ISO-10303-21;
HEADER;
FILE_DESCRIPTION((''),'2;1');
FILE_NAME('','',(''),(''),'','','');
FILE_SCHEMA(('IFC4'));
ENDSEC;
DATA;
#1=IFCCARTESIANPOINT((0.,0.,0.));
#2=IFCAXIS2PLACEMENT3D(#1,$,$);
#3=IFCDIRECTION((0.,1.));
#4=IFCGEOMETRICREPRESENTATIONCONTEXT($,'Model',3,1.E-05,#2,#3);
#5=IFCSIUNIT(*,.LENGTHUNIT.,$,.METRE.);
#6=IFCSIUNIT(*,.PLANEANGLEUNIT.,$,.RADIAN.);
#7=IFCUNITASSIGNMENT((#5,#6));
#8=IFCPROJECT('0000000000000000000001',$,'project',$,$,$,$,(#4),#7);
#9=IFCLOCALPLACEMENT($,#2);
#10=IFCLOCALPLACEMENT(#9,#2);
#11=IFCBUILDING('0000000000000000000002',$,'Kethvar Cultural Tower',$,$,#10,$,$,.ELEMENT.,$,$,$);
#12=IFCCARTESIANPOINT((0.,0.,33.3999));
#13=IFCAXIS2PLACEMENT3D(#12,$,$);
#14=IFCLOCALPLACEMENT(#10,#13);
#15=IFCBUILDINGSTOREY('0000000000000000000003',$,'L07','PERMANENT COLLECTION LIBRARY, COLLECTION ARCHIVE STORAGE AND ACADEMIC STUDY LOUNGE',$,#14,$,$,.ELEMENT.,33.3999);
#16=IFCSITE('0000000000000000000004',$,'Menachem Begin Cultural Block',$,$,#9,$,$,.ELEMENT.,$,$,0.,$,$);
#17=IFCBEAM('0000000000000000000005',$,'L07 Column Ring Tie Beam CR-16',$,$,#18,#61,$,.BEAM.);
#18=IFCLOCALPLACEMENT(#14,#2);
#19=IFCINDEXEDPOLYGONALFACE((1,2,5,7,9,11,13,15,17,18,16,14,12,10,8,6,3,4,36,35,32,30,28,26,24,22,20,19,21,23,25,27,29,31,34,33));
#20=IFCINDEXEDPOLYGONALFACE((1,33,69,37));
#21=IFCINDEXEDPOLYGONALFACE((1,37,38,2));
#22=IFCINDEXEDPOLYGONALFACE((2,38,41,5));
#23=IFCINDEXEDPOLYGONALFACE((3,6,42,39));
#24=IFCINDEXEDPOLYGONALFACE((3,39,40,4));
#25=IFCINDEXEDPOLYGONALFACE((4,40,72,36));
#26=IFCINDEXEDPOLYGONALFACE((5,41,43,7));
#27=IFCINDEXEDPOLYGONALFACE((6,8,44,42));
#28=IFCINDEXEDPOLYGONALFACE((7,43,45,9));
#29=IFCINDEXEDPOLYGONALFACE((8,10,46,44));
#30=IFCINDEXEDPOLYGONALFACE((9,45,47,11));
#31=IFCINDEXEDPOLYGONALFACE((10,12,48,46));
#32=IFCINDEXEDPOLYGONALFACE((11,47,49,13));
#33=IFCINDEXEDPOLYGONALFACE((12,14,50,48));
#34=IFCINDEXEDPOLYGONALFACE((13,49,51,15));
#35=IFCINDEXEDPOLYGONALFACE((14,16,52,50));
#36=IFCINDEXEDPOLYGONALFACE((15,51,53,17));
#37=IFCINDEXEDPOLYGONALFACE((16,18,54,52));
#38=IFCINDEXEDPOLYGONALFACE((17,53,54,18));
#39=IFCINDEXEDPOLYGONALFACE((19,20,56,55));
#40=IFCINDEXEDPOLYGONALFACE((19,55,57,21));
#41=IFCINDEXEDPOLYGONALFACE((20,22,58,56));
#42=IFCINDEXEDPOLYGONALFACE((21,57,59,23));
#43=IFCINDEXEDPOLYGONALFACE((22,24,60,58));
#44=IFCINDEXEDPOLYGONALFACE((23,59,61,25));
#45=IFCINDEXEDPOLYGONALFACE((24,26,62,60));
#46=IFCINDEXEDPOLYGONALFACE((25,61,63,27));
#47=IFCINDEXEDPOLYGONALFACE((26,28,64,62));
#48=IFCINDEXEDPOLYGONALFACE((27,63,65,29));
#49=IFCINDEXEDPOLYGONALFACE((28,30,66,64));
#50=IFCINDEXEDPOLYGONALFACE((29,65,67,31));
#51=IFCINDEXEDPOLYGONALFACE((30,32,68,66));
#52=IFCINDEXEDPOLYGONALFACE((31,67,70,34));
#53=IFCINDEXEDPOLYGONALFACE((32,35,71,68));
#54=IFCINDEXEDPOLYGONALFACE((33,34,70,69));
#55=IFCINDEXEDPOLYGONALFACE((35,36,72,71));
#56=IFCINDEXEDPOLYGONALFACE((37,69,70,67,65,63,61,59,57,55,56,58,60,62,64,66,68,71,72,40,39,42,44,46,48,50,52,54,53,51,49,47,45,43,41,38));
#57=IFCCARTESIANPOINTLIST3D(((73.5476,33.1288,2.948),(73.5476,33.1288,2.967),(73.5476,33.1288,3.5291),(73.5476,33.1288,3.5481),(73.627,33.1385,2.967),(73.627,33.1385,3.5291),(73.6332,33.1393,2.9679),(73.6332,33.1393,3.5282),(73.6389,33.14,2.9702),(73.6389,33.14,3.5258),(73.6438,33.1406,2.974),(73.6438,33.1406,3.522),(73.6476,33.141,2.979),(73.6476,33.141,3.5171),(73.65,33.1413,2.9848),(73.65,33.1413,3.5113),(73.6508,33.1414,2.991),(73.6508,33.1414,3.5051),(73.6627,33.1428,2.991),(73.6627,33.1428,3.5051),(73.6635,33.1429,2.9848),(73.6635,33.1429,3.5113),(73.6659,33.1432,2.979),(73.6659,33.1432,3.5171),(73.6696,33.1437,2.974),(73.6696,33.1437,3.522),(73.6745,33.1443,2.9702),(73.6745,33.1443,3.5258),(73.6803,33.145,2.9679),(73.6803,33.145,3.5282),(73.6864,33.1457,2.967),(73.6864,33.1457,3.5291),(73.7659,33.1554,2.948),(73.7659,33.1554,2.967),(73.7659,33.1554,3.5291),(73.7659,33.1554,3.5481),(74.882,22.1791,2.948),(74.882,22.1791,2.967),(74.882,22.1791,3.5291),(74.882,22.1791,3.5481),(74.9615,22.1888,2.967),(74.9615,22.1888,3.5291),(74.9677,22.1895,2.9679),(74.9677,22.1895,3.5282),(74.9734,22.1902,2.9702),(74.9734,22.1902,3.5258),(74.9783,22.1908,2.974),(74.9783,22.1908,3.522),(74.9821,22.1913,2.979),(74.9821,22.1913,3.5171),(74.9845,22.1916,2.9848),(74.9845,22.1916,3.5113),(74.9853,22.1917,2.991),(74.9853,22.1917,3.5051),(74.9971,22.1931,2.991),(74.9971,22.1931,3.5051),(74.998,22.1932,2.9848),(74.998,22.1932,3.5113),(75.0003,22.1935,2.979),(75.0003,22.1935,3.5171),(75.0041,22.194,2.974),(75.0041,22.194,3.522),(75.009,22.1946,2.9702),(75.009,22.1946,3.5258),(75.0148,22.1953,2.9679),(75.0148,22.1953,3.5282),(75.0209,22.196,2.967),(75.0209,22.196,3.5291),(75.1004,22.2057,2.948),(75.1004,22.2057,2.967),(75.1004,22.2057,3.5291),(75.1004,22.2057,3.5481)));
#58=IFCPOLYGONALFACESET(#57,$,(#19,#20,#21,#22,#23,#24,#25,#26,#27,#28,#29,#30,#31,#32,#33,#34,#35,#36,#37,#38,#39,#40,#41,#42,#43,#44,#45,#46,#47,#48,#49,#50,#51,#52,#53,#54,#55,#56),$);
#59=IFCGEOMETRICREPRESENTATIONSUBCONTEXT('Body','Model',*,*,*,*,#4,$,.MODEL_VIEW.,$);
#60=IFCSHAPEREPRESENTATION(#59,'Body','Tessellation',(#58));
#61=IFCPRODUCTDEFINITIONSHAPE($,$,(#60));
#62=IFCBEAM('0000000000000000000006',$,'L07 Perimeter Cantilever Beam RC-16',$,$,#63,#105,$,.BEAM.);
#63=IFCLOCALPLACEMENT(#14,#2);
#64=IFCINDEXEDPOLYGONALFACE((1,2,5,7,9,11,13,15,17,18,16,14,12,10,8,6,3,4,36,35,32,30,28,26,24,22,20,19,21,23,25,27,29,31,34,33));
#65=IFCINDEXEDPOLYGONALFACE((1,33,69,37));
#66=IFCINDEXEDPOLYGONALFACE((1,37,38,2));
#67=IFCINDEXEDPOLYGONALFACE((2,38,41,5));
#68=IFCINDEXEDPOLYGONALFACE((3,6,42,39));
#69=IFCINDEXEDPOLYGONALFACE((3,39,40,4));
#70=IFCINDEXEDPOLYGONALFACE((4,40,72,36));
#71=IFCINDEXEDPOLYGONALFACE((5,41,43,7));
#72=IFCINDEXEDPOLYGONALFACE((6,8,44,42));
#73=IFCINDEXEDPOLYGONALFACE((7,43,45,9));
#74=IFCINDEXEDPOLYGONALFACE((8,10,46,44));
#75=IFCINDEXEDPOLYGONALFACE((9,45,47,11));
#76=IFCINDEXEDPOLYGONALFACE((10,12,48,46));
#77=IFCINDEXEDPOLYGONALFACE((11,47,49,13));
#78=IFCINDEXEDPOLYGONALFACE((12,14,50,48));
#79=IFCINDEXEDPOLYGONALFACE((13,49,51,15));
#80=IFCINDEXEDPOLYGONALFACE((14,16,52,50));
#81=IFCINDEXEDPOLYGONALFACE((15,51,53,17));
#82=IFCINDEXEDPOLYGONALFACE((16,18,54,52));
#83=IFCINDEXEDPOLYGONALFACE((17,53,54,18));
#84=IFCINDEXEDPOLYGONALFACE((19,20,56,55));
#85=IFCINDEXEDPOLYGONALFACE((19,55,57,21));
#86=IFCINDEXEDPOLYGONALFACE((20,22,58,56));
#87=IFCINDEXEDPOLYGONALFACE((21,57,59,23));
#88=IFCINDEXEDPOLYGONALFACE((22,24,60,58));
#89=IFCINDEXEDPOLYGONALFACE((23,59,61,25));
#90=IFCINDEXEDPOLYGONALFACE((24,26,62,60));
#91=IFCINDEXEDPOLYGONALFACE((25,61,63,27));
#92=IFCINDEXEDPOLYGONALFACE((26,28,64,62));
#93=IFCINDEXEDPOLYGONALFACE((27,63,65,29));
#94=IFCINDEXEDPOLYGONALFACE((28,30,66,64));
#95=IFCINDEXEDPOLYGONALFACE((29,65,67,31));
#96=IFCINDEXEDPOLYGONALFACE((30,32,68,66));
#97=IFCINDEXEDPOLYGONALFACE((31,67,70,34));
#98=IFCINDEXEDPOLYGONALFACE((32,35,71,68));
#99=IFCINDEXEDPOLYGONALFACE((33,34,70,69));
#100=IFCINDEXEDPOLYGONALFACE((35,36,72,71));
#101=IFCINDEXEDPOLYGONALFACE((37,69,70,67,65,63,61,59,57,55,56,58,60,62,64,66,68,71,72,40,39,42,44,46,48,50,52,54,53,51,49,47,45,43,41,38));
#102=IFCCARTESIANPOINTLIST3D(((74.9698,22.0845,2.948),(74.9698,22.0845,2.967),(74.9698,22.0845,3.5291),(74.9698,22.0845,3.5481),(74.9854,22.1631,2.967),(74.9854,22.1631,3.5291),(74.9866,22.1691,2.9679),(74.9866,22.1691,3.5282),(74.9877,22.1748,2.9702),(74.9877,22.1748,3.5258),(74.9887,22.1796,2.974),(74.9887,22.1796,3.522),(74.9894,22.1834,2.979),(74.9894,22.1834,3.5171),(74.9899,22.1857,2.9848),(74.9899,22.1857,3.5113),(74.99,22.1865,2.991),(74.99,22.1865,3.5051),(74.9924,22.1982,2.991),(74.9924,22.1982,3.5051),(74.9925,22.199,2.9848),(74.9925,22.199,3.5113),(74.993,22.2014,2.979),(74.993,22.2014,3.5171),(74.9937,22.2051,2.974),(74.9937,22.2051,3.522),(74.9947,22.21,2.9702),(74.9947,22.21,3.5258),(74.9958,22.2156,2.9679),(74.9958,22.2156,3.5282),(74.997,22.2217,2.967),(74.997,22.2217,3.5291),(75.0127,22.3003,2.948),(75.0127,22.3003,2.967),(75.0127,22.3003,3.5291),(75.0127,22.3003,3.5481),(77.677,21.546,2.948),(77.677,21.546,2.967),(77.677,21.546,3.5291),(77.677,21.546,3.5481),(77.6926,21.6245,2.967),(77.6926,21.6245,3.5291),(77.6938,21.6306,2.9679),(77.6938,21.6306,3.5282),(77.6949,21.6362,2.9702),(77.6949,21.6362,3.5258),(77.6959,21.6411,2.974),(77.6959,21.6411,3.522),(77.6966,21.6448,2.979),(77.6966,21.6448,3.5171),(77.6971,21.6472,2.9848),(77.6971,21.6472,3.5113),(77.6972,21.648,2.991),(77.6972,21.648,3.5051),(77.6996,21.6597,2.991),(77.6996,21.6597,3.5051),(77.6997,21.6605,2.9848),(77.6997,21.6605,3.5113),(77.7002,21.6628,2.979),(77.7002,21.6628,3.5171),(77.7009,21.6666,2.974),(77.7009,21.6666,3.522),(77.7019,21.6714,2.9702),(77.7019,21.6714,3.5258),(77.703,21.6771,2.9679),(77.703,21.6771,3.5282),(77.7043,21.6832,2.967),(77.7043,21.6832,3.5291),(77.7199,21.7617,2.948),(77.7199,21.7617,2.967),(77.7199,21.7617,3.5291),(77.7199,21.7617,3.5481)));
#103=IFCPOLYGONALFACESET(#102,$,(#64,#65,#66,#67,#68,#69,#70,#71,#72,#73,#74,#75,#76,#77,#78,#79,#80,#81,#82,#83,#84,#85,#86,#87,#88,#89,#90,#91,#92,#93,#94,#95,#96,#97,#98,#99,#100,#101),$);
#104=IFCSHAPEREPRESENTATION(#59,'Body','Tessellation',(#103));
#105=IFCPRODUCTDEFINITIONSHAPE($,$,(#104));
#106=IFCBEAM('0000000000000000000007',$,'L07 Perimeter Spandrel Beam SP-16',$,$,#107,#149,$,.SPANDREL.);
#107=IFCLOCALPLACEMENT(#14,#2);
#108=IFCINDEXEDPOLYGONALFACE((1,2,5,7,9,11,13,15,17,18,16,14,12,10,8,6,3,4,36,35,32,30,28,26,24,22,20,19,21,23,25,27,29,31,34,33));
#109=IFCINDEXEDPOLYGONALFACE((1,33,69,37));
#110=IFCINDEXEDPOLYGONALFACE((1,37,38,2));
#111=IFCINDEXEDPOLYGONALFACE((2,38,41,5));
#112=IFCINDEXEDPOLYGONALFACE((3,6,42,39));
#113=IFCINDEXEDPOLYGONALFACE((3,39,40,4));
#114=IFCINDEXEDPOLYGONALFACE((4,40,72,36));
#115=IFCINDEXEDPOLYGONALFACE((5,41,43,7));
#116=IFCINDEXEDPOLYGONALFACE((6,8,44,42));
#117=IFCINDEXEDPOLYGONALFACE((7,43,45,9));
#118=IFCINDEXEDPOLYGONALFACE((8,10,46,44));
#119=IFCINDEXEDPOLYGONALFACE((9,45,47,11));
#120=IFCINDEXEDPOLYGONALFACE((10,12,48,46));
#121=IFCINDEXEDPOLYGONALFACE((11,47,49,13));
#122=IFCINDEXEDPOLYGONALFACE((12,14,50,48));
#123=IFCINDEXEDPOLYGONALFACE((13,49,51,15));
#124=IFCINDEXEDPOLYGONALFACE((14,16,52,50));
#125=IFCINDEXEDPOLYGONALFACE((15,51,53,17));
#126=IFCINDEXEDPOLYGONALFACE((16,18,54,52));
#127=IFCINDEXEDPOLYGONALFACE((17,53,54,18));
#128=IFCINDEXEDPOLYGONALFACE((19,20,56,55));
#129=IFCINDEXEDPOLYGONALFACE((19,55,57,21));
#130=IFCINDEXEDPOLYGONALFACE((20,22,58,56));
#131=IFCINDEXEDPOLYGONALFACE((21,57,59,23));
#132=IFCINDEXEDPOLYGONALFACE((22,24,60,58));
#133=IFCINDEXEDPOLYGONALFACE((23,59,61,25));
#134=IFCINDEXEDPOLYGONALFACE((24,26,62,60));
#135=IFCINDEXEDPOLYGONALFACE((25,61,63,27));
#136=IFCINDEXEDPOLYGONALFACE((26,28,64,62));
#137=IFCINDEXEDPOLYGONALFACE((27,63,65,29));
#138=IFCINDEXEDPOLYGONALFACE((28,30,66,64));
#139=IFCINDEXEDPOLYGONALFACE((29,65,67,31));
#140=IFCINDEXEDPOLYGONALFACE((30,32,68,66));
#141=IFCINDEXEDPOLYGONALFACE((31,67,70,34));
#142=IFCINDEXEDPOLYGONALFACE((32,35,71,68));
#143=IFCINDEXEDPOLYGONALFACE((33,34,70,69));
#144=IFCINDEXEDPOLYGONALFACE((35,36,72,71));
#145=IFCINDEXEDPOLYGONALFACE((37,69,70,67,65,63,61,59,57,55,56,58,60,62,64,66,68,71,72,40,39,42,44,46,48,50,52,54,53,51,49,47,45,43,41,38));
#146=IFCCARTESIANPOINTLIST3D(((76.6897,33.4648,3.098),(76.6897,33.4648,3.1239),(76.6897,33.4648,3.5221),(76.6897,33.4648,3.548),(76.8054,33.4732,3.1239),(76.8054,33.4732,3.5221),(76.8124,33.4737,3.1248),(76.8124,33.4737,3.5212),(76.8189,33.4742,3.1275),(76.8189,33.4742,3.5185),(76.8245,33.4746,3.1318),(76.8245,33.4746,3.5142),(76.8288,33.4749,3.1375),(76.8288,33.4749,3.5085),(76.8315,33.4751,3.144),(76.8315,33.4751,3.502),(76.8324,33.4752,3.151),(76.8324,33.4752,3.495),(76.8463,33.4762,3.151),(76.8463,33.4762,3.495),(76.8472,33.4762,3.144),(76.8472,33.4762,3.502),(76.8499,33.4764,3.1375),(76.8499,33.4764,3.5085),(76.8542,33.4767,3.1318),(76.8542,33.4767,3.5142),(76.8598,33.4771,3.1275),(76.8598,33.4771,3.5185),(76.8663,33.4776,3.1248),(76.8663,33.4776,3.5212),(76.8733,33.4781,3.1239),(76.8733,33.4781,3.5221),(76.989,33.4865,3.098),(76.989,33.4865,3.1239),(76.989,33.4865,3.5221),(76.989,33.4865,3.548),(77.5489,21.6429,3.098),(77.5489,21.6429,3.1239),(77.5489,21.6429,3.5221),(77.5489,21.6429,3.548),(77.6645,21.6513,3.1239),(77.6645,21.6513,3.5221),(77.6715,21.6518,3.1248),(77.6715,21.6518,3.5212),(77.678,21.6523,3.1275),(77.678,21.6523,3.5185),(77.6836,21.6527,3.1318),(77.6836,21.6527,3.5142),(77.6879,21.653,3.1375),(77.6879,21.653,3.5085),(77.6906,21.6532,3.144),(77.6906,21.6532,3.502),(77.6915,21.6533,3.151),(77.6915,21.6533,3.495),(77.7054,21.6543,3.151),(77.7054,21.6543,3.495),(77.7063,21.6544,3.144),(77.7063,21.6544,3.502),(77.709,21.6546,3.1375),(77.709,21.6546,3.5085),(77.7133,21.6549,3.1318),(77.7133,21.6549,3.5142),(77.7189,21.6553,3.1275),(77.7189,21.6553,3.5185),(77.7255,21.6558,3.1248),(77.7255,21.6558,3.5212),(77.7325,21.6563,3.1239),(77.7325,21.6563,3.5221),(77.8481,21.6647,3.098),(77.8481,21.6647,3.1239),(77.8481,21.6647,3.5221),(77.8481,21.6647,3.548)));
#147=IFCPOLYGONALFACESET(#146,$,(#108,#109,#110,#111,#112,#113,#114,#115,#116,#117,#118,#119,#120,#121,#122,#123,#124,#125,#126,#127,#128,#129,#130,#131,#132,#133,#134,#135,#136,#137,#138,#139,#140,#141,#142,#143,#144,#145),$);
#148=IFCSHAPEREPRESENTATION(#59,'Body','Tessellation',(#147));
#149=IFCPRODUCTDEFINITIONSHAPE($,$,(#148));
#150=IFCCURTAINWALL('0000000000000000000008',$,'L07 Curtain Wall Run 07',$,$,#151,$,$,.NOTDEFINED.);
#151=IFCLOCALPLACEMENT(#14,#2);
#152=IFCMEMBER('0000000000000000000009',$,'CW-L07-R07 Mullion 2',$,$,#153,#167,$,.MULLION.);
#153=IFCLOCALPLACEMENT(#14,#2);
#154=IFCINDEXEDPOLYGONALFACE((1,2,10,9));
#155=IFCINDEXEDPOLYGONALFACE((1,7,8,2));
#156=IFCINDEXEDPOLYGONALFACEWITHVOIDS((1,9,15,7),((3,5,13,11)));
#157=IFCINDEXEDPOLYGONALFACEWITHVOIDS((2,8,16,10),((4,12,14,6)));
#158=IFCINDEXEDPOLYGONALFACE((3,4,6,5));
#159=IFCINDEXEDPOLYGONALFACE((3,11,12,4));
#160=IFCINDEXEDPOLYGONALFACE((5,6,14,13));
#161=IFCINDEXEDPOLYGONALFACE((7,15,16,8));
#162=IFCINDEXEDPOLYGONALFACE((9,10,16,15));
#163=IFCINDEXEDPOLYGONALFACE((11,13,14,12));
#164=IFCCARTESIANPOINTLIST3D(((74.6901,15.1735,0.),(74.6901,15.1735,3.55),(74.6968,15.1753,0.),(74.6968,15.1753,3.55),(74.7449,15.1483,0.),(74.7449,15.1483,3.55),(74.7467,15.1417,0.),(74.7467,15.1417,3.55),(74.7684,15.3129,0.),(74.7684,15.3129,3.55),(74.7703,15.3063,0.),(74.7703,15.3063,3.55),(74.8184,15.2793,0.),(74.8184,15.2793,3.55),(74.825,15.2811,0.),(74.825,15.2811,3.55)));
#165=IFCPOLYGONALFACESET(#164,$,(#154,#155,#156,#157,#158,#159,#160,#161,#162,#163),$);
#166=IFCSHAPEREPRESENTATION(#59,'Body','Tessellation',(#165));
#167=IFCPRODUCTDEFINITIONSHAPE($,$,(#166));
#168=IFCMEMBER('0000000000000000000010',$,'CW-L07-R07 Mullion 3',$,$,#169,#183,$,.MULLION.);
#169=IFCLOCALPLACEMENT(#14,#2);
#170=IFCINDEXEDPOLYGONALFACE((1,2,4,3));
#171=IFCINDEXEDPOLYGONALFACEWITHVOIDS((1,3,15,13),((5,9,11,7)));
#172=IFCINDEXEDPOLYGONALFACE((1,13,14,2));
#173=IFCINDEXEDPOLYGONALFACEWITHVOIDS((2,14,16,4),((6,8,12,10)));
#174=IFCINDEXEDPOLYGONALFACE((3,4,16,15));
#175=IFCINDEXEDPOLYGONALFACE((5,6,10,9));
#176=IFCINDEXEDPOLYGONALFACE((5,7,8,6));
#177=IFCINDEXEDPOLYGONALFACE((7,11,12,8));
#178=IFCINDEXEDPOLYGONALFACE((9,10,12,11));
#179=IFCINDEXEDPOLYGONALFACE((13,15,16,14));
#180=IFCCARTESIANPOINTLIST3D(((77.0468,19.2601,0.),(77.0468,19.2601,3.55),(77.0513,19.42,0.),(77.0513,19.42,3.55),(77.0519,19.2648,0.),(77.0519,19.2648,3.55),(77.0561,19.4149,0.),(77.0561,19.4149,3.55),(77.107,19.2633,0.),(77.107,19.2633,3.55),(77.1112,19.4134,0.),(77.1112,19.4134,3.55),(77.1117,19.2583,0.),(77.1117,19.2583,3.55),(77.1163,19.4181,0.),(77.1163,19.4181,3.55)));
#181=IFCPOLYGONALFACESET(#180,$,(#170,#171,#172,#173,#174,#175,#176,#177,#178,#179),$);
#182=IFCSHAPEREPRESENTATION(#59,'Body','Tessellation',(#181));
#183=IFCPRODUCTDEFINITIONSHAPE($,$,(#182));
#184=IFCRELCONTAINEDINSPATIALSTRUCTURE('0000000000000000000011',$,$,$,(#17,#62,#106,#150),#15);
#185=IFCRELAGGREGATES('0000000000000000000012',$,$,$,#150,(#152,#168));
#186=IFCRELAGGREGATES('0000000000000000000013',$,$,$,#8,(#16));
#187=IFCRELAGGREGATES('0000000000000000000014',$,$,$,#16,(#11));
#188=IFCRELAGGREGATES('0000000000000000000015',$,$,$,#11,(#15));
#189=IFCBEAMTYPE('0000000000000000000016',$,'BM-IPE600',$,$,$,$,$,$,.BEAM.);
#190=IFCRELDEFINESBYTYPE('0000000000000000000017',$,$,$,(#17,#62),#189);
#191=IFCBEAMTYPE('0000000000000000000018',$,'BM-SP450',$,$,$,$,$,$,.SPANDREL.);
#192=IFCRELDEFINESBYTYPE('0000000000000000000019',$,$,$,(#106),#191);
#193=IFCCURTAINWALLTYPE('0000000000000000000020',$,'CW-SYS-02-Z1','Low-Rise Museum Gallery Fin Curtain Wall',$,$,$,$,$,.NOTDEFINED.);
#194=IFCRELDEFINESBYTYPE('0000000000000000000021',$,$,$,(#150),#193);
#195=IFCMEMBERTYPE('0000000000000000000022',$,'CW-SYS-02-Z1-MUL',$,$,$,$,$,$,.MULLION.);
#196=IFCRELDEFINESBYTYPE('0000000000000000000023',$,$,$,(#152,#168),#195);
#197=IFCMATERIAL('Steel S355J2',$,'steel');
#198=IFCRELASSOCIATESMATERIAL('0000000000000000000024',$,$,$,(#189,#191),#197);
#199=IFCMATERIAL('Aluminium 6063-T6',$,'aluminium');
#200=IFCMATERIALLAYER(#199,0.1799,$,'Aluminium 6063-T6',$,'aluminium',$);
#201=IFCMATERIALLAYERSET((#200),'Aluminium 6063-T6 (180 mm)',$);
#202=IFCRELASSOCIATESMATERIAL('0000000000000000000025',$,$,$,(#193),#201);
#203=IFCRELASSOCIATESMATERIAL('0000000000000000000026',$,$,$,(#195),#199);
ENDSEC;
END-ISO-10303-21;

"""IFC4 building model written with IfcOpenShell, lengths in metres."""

from ifc_helpers import new_model, si_unit, direction, frame, origin, origin_2d, place, context, subcontext, project, spatial, hollow_rectangle, i_section, extrude, source, transform, mapped, material, layer, layer_set, material_profile, profile_set, type_object, element, aggregate, save


model = new_model("IFC4")

# Units and contexts
model_context = context("Model", 3, precision=1e-05, world=origin(), true_north=direction((0.0, 1.0)))
body_context = subcontext(model_context, "Body", "Model", "MODEL_VIEW")
ifc_project = project(units=[si_unit("LENGTHUNIT", "METRE"), si_unit("PLANEANGLEUNIT", "RADIAN")], contexts=[model_context])

# Site, building, storey
site_placement = place(None, origin())
site = spatial("IfcSite", under=ifc_project, at=site_placement, Name="Menachem Begin Cultural Block", CompositionType="ELEMENT", RefElevation=0.0)
building_placement = place(site_placement, origin())
building = spatial("IfcBuilding", under=site, at=building_placement, Name="Kethvar Cultural Tower", CompositionType="ELEMENT")
storey_placement = place(building_placement, frame((0.0, 0.0, 33.3999)))
storey = spatial("IfcBuildingStorey", under=building, at=storey_placement, Name="L07", Description="PERMANENT COLLECTION LIBRARY, COLLECTION ARCHIVE STORAGE AND ACADEMIC STUDY LOUNGE", CompositionType="ELEMENT", Elevation=33.3999)

# Beams
ifc_material_1 = material(Name="Steel S355J2", Category="steel")
ifc_material_profile_1 = material_profile(ifc_material_1, i_section(OverallWidth=0.22, OverallDepth=0.6001, WebThickness=0.012, FlangeThickness=0.019, FilletRadius=0.0239, at=origin_2d()), Name="Steel S355J2 — IPE600")
ifc_profile_set_1 = profile_set([ifc_material_profile_1], Name="Steel S355J2 — IPE600")
beam_type_1 = type_object("IfcBeamType", Name="BM-IPE600", PredefinedType="BEAM", material=ifc_profile_set_1)
shared_shape_1 = source(origin(), body_context, "Body", "SweptSolid", [
    extrude(i_section(OverallWidth=0.22, OverallDepth=0.6001, WebThickness=0.012, FlangeThickness=0.019, FilletRadius=0.0239, at=origin_2d()), origin(), (0.0, 0.0, 1.0), 11.0308),
])
beam_1_placement = place(storey_placement, frame((74.9912, 22.1924, 3.248), z_axis=(-0.120978, 0.992655, 0.0), x_axis=(-0.992655, -0.120978, 0.0)))
element("IfcBeam", 1, at=beam_1_placement, inside=storey, type_object=beam_type_1, Name="L07 Column Ring Tie Beam CR-16", PredefinedType="BEAM", context=body_context, shape_type="MappedRepresentation", body=[
    mapped(shared_shape_1, transform((0.0, 0.0, 0.0), scale=1.0)),
])
shared_shape_2 = source(origin(), body_context, "Body", "SweptSolid", [
    extrude(i_section(OverallWidth=0.22, OverallDepth=0.6001, WebThickness=0.012, FlangeThickness=0.019, FilletRadius=0.0239, at=origin_2d()), origin(), (0.0, 0.0, 1.0), 2.7603),
])
beam_2_placement = place(storey_placement, frame((74.9912, 22.1924, 3.248), z_axis=(0.980781, -0.195113, 0.0), x_axis=(0.195113, 0.980781, 0.0)))
element("IfcBeam", 2, at=beam_2_placement, inside=storey, type_object=beam_type_1, Name="L07 Perimeter Cantilever Beam RC-16", PredefinedType="BEAM", context=body_context, shape_type="MappedRepresentation", body=[
    mapped(shared_shape_2, transform((0.0, 0.0, 0.0), scale=1.0)),
])
ifc_material_profile_2 = material_profile(ifc_material_1, i_section(OverallWidth=0.3, OverallDepth=0.45, WebThickness=0.0139, FlangeThickness=0.0259, FilletRadius=0.0271, at=origin_2d()), Name="Steel S355J2 — HEB450")
ifc_profile_set_2 = profile_set([ifc_material_profile_2], Name="Steel S355J2 — HEB450")
beam_type_2 = type_object("IfcBeamType", Name="BM-SP450", PredefinedType="SPANDREL", material=ifc_profile_set_2)
shared_shape_3 = source(origin(), body_context, "Body", "SweptSolid", [
    extrude(i_section(OverallWidth=0.3, OverallDepth=0.45, WebThickness=0.0139, FlangeThickness=0.0259, FilletRadius=0.0271, at=origin_2d()), origin(), (0.0, 0.0, 1.0), 11.853),
])
beam_3_placement = place(storey_placement, frame((77.6985, 21.6538, 3.323), z_axis=(-0.072482, 0.99737, 0.0), x_axis=(-0.99737, -0.072482, 0.0)))
element("IfcBeam", 3, at=beam_3_placement, inside=storey, type_object=beam_type_2, Name="L07 Perimeter Spandrel Beam SP-16", PredefinedType="SPANDREL", context=body_context, shape_type="MappedRepresentation", body=[
    mapped(shared_shape_3, transform((0.0, 0.0, 0.0), scale=1.0)),
])

# Curtain wall, members
ifc_material_2 = material(Name="Aluminium 6063-T6", Category="aluminium")
ifc_layer_1 = layer(ifc_material_2, 0.1799, Name="Aluminium 6063-T6", Category="aluminium")
ifc_layer_set_1 = layer_set([ifc_layer_1], Name="Aluminium 6063-T6 (180 mm)")
curtain_wall_type = type_object("IfcCurtainWallType", Name="CW-SYS-02-Z1", Description="Low-Rise Museum Gallery Fin Curtain Wall", PredefinedType="NOTDEFINED", material=ifc_layer_set_1)
curtain_wall_placement = place(storey_placement, origin())
curtain_wall = element("IfcCurtainWall", 4, at=curtain_wall_placement, inside=storey, type_object=curtain_wall_type, Name="L07 Curtain Wall Run 07", PredefinedType="NOTDEFINED")
ifc_material_profile_3 = material_profile(ifc_material_2, hollow_rectangle(XDim=0.0649, YDim=0.1599, WallThickness=0.0049, at=origin_2d()), Name="Aluminium 6063-T6 — RHS160x65x5")
ifc_profile_set_3 = profile_set([ifc_material_profile_3], Name="Aluminium 6063-T6 — RHS160x65x5")
member_type_1 = type_object("IfcMemberType", Name="CW-SYS-02-Z1-MUL", PredefinedType="MULLION", material=ifc_profile_set_3)
shared_shape_4 = source(origin(), body_context, "Body", "SweptSolid", [
    extrude(hollow_rectangle(XDim=0.0649, YDim=0.1599, WallThickness=0.0049, at=origin_2d()), origin(), (0.0, 0.0, 1.0), 3.55),
])
member_1_placement = place(storey_placement, frame((74.7576, 15.2273, 0.0), z_axis=(0.0, 0.0, 1.0), x_axis=(-0.871992, 0.489519, 0.0)))
member_1 = element("IfcMember", 5, at=member_1_placement, type_object=member_type_1, Name="CW-L07-R07 Mullion 2", PredefinedType="MULLION", context=body_context, shape_type="MappedRepresentation", body=[
    mapped(shared_shape_4, transform((0.0, 0.0, 0.0), scale=1.0)),
])
member_2_placement = place(storey_placement, frame((77.0815, 19.3391, 0.0), z_axis=(0.0, 0.0, 1.0), x_axis=(-0.999603, 0.028166, 0.0)))
member_2 = element("IfcMember", 6, at=member_2_placement, type_object=member_type_1, Name="CW-L07-R07 Mullion 3", PredefinedType="MULLION", context=body_context, shape_type="MappedRepresentation", body=[
    mapped(shared_shape_4, transform((0.0, 0.0, 0.0), scale=1.0)),
])
aggregate(curtain_wall, [member_1, member_2])

save(model, "model.ifc")
